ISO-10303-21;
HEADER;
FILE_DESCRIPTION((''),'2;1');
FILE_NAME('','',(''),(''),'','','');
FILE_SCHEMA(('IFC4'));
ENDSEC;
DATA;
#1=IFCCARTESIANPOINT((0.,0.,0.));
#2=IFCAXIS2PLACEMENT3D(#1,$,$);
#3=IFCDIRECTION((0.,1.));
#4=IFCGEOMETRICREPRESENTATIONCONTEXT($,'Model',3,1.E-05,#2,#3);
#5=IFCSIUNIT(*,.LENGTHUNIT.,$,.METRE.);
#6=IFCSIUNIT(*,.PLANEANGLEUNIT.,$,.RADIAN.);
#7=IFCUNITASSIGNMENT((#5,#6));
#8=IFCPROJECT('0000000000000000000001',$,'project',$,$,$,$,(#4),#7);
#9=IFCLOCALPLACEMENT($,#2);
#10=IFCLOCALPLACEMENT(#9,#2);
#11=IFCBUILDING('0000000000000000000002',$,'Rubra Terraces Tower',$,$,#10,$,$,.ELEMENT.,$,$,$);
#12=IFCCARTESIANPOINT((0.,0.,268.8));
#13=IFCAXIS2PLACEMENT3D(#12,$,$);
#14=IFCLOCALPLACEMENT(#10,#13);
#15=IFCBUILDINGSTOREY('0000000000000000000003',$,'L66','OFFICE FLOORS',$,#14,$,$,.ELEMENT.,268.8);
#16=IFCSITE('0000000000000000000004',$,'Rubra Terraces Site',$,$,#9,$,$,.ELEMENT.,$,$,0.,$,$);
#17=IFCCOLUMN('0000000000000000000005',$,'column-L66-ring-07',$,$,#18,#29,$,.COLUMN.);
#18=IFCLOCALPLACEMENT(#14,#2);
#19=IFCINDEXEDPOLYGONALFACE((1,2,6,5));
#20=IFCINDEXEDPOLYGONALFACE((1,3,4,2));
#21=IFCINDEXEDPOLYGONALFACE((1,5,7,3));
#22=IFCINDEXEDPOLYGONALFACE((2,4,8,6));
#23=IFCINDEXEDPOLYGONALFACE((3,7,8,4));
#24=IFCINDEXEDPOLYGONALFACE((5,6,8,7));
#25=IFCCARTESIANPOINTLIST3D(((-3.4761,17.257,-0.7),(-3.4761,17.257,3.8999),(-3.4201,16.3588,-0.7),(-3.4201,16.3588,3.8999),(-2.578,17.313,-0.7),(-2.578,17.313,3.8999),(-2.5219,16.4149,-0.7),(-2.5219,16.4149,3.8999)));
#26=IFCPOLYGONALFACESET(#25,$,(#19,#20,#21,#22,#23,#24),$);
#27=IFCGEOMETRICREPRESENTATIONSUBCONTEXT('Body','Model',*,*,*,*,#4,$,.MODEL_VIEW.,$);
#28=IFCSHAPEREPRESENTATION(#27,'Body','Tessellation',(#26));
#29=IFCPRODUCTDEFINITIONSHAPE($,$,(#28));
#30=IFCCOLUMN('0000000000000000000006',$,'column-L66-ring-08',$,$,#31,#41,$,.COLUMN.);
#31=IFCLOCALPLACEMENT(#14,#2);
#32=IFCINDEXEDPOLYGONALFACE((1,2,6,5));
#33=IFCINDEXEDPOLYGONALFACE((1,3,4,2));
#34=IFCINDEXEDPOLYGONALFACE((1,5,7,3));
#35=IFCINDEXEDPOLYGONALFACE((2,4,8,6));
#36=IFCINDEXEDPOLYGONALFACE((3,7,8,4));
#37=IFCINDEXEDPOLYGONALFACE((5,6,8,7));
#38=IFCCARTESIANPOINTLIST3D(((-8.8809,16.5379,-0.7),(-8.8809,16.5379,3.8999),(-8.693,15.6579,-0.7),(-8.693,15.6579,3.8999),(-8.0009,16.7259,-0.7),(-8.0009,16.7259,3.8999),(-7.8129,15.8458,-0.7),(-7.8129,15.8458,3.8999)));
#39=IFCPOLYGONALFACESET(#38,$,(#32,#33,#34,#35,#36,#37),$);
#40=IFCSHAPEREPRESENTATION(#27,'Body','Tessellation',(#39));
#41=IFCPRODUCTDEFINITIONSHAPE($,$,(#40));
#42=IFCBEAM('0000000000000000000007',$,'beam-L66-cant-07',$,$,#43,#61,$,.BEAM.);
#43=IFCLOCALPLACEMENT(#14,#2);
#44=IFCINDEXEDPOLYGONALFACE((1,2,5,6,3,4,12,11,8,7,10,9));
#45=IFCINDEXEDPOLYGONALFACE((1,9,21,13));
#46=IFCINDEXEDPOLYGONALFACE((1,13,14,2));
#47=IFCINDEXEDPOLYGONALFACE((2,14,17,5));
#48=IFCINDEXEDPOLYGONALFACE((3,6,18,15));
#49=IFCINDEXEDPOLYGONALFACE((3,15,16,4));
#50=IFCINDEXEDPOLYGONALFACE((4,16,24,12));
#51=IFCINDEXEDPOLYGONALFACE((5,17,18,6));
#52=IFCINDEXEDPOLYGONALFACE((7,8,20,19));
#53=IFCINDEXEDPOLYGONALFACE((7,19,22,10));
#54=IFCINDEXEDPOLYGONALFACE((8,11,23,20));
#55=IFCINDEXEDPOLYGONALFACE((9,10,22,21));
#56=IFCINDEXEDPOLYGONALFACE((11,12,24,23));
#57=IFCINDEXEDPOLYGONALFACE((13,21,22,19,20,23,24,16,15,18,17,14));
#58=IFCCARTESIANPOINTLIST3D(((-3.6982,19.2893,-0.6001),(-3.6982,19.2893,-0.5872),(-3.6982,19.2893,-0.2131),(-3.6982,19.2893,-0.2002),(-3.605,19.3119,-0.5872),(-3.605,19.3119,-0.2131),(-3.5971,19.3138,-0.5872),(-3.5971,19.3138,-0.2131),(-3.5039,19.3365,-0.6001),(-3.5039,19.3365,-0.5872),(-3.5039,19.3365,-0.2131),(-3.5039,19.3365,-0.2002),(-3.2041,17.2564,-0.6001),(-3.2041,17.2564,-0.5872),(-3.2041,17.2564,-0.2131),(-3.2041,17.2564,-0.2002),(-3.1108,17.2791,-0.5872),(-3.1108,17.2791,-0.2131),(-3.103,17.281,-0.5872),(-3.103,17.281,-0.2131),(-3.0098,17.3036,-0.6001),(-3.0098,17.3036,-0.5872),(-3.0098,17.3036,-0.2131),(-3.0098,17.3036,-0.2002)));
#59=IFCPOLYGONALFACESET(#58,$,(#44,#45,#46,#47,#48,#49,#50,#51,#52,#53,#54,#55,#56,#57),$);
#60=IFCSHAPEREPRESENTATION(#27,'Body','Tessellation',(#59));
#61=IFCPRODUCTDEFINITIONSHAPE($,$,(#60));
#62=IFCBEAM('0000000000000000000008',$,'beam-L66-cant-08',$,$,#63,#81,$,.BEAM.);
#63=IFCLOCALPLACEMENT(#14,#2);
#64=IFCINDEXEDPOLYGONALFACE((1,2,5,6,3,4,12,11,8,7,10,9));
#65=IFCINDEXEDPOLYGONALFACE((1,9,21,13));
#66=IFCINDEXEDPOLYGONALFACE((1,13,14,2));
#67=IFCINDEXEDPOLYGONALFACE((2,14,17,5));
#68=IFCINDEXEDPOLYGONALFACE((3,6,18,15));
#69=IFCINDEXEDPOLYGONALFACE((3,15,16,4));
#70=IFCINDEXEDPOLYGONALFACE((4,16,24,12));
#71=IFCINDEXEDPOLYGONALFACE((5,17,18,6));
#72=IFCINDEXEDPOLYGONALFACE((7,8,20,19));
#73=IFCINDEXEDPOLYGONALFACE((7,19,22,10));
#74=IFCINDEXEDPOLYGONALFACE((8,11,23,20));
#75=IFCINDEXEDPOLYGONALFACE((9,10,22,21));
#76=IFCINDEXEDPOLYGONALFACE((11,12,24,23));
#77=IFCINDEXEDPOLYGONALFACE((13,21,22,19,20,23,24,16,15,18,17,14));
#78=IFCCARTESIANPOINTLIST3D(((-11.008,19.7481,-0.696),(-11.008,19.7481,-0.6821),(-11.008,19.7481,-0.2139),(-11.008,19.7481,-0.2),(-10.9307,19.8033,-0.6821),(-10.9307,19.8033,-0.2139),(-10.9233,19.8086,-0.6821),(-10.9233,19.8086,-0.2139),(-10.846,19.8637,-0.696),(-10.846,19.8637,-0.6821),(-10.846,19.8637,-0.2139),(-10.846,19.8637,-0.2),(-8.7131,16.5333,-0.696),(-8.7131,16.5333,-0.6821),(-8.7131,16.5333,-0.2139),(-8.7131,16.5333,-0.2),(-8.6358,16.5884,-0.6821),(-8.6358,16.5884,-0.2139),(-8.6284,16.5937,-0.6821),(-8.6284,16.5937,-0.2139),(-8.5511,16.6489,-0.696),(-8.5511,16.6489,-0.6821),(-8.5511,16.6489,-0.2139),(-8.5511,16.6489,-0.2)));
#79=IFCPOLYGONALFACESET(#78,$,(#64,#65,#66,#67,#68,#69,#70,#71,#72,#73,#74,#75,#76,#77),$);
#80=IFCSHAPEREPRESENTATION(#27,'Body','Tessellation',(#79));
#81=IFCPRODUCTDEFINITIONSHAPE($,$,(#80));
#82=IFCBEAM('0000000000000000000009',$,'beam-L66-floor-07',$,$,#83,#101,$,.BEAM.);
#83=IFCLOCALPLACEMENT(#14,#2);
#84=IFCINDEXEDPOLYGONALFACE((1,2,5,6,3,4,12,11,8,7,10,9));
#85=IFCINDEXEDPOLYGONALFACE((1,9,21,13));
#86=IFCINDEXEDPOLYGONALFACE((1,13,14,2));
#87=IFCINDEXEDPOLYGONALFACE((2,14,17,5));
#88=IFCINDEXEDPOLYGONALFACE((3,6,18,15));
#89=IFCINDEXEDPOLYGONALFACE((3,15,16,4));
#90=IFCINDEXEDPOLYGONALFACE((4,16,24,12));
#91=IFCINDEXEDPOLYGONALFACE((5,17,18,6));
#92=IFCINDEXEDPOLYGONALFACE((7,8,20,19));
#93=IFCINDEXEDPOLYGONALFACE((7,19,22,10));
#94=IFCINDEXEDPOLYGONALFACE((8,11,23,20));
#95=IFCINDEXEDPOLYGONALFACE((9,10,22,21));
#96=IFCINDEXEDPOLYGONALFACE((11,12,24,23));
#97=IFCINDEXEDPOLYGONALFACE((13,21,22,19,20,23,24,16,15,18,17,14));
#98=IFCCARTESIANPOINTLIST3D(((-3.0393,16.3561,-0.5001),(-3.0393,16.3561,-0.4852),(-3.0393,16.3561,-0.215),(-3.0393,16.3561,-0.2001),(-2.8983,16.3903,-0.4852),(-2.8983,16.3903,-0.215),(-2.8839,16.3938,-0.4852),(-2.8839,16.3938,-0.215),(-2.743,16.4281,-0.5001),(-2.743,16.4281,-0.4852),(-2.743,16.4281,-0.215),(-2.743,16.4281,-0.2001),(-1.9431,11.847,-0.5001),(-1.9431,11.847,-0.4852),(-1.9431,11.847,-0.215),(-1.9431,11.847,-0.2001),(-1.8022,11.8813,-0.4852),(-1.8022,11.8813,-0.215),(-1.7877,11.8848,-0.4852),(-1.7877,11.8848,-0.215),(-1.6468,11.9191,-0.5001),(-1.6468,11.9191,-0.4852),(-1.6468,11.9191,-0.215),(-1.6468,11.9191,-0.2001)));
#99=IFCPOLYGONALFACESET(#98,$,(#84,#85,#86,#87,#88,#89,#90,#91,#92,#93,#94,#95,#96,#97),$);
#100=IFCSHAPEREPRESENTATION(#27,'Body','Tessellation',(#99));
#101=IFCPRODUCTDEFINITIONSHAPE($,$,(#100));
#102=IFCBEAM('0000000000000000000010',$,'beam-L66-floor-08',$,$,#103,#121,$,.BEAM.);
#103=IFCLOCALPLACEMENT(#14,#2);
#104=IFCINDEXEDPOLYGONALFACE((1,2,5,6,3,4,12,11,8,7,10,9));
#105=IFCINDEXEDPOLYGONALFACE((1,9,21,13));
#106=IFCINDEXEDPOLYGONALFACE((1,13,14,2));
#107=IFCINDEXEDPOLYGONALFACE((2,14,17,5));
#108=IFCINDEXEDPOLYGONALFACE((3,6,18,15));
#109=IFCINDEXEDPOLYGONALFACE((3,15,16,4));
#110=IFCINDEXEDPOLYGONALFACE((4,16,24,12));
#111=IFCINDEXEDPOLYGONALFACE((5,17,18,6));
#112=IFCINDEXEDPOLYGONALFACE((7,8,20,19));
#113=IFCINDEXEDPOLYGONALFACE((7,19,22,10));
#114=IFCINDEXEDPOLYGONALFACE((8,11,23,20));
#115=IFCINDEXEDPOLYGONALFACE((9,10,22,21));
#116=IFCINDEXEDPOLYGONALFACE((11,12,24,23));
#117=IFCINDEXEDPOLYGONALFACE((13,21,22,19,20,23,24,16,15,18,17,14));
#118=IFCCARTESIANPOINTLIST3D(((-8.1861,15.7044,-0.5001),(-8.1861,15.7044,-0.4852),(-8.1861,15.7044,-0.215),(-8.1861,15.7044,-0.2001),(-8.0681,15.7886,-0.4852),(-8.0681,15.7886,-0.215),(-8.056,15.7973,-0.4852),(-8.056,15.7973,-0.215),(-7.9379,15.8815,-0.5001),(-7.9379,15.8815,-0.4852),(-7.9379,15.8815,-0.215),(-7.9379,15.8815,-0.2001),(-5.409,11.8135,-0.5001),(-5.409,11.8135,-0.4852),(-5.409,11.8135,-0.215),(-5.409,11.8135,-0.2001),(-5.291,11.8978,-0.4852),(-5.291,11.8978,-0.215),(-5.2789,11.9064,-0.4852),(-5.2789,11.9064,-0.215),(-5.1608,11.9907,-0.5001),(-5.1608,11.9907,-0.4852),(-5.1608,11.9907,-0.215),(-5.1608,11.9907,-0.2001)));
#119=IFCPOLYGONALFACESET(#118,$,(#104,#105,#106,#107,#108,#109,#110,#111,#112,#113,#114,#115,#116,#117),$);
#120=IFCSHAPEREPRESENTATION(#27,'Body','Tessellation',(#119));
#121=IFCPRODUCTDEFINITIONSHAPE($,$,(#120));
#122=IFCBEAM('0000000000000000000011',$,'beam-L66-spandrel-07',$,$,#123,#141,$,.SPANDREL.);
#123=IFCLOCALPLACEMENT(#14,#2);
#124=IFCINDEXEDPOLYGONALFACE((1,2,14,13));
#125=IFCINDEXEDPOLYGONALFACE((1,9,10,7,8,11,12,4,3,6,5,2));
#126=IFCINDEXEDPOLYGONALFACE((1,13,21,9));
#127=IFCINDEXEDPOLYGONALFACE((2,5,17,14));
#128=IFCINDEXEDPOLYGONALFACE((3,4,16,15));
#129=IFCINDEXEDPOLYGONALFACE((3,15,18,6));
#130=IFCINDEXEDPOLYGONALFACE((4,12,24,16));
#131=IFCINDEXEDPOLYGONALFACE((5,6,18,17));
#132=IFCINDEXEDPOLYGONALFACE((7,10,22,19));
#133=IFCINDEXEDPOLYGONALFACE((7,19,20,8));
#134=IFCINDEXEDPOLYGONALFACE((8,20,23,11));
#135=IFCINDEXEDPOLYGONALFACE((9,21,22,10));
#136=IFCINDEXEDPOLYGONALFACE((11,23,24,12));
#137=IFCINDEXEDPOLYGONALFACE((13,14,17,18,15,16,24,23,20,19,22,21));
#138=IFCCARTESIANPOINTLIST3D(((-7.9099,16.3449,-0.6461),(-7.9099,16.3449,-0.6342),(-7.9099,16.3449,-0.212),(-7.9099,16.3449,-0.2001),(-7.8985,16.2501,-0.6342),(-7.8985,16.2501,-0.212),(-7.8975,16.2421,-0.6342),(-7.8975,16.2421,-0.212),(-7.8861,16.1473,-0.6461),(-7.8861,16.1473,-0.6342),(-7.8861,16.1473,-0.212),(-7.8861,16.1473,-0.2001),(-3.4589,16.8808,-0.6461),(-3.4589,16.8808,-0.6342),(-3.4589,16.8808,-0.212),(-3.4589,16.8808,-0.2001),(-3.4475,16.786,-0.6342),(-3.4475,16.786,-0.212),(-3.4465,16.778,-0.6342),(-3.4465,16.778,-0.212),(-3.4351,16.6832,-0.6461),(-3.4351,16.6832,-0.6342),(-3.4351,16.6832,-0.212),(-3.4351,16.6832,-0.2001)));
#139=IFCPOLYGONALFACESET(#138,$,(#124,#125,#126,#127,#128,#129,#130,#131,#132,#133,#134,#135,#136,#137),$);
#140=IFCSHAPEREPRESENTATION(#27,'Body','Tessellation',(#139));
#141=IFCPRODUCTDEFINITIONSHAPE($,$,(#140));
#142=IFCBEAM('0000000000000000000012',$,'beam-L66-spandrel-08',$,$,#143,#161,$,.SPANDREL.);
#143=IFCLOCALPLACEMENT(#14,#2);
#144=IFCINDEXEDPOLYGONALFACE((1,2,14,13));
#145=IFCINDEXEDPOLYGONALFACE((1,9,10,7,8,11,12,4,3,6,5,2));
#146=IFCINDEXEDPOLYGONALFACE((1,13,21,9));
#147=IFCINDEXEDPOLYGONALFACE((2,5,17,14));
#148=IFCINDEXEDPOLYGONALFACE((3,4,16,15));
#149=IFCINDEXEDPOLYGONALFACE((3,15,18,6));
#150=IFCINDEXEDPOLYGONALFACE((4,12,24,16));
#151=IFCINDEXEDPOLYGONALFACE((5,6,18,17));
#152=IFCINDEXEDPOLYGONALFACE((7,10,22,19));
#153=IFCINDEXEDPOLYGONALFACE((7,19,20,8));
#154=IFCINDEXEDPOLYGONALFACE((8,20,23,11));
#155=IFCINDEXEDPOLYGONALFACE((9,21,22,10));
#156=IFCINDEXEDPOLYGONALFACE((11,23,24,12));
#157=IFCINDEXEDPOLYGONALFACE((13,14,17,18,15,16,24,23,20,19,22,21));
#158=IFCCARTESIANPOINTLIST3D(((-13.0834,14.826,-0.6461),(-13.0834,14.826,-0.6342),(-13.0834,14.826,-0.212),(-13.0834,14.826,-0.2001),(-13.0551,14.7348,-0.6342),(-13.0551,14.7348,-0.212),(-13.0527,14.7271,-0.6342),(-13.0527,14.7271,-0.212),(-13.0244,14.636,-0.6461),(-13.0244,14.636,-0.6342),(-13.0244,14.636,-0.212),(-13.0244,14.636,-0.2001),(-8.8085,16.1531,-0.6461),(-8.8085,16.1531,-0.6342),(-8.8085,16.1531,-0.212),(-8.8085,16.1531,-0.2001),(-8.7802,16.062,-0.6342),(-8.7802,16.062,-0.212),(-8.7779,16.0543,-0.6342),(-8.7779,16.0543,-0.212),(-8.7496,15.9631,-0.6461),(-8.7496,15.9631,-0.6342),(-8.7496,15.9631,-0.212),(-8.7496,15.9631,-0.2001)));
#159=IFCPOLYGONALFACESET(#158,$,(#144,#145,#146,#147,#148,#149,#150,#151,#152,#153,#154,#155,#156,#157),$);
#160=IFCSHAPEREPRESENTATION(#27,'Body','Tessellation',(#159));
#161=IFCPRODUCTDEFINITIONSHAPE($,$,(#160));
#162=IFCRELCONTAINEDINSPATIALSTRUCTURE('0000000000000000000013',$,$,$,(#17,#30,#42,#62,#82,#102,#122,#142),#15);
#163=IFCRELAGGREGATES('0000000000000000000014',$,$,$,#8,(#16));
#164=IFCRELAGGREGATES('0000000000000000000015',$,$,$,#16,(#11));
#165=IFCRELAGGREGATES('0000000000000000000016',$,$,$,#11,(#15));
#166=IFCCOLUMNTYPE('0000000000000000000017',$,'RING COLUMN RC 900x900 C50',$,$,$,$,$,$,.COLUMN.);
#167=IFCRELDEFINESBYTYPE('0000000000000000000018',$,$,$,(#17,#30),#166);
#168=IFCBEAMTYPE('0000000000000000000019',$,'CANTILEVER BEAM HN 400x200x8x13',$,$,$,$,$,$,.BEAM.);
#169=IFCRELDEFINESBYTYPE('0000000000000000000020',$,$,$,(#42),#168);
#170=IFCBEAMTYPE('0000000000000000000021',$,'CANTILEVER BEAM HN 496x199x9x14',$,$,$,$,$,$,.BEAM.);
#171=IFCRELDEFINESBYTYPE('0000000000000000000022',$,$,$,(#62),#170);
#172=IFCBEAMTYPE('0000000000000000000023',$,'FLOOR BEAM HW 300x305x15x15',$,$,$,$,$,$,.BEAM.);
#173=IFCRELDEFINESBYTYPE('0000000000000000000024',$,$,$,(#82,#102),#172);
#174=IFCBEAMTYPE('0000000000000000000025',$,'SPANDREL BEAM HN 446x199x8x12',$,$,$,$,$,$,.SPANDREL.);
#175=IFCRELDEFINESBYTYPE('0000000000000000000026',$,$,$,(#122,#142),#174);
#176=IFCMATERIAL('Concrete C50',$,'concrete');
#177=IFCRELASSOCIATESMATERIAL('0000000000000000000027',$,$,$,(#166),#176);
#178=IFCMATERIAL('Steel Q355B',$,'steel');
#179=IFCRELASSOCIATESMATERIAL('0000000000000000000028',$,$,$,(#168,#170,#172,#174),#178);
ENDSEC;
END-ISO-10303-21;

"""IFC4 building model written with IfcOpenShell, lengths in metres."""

from ifc_helpers import new_model, si_unit, direction, frame, origin, origin_2d, place, context, subcontext, project, spatial, rectangle, i_section, extrude, material, material_profile, profile_set, type_object, element, save


model = new_model("IFC4")

# Units and contexts
model_context = context("Model", 3, precision=1e-05, world=origin(), true_north=direction((0.0, 1.0)))
body_context = subcontext(model_context, "Body", "Model", "MODEL_VIEW")
ifc_project = project(units=[si_unit("LENGTHUNIT", "METRE"), si_unit("PLANEANGLEUNIT", "RADIAN")], contexts=[model_context])

# Site, building, storey
site_placement = place(None, origin())
site = spatial("IfcSite", under=ifc_project, at=site_placement, Name="Rubra Terraces Site", CompositionType="ELEMENT", RefElevation=0.0)
building_placement = place(site_placement, origin())
building = spatial("IfcBuilding", under=site, at=building_placement, Name="Rubra Terraces Tower", CompositionType="ELEMENT")
storey_placement = place(building_placement, frame((0.0, 0.0, 268.8)))
storey = spatial("IfcBuildingStorey", under=building, at=storey_placement, Name="L66", Description="OFFICE FLOORS", CompositionType="ELEMENT", Elevation=268.8)

# Columns
ifc_material_1 = material(Name="Concrete C50", Category="concrete")
ifc_material_profile_1 = material_profile(ifc_material_1, rectangle(XDim=0.8999, YDim=0.8999, at=origin_2d()), Name="RC 900x900")
ifc_profile_set_1 = profile_set([ifc_material_profile_1], Name="Concrete C50")
column_type = type_object("IfcColumnType", Name="RING COLUMN RC 900x900 C50", PredefinedType="COLUMN", material=ifc_profile_set_1)
for number, where, z_axis, x_axis, name in (
    (1, (-2.999, 16.8359, -0.7), (0.0, 0.0, 1.0), (-0.998059, -0.062268, 0.0), "column-L66-ring-07"),
    (2, (-8.3469, 16.1919, -0.7), (0.0, 0.0, 1.0), (-0.977944, -0.208867, 0.0), "column-L66-ring-08"),
):
    element("IfcColumn", number, at=place(storey_placement, frame(where, z_axis=z_axis, x_axis=x_axis)), inside=storey, type_object=column_type, Name=name, PredefinedType="COLUMN", context=body_context, shape_type="SweptSolid", body=[
        extrude(rectangle(XDim=0.8999, YDim=0.8999, at=origin_2d()), origin(), (0.0, 0.0, 1.0), 4.5999),
    ])

# Beams
ifc_material_2 = material(Name="Steel Q355B", Category="steel")
ifc_material_profile_2 = material_profile(ifc_material_2, i_section(OverallWidth=0.2, OverallDepth=0.3999, WebThickness=0.0081, FlangeThickness=0.0129, at=origin_2d()), Name="HN 400x200x8x13")
ifc_profile_set_2 = profile_set([ifc_material_profile_2], Name="Steel Q355B")
beam_type_1 = type_object("IfcBeamType", Name="CANTILEVER BEAM HN 400x200x8x13", PredefinedType="BEAM", material=ifc_profile_set_2)
beam_1_placement = place(storey_placement, frame((-3.1069, 17.28, -0.4001), z_axis=(-0.236188, 0.971707, 0.0), x_axis=(-0.971707, -0.236188, 0.0)))
element("IfcBeam", 3, at=beam_1_placement, inside=storey, type_object=beam_type_1, Name="beam-L66-cant-07", PredefinedType="BEAM", context=body_context, shape_type="SweptSolid", body=[
    extrude(i_section(OverallWidth=0.2, OverallDepth=0.3999, WebThickness=0.0081, FlangeThickness=0.0129, at=origin_2d()), origin(), (0.0, 0.0, 1.0), 2.092),
])
ifc_material_profile_3 = material_profile(ifc_material_2, i_section(OverallWidth=0.199, OverallDepth=0.4961, WebThickness=0.009, FlangeThickness=0.0139, at=origin_2d()), Name="HN 496x199x9x14")
ifc_profile_set_3 = profile_set([ifc_material_profile_3], Name="Steel Q355B")
beam_type_2 = type_object("IfcBeamType", Name="CANTILEVER BEAM HN 496x199x9x14", PredefinedType="BEAM", material=ifc_profile_set_3)
beam_2_placement = place(storey_placement, frame((-8.6321, 16.5911, -0.448), z_axis=(-0.581004, 0.8139, 0.0), x_axis=(-0.8139, -0.581004, 0.0)))
element("IfcBeam", 4, at=beam_2_placement, inside=storey, type_object=beam_type_2, Name="beam-L66-cant-08", PredefinedType="BEAM", context=body_context, shape_type="SweptSolid", body=[
    extrude(i_section(OverallWidth=0.199, OverallDepth=0.4961, WebThickness=0.009, FlangeThickness=0.0139, at=origin_2d()), origin(), (0.0, 0.0, 1.0), 3.95),
])
ifc_material_profile_4 = material_profile(ifc_material_2, i_section(OverallWidth=0.3049, OverallDepth=0.3, WebThickness=0.0149, FlangeThickness=0.0149, at=origin_2d()), Name="HW 300x305x15x15")
ifc_profile_set_4 = profile_set([ifc_material_profile_4], Name="Steel Q355B")
beam_type_3 = type_object("IfcBeamType", Name="FLOOR BEAM HW 300x305x15x15", PredefinedType="BEAM", material=ifc_profile_set_4)
beam_3_placement = place(storey_placement, frame((-2.8911, 16.3921, -0.3501), z_axis=(0.236229, -0.971697, 0.0), x_axis=(0.971697, 0.236229, 0.0)))
element("IfcBeam", 5, at=beam_3_placement, inside=storey, type_object=beam_type_3, Name="beam-L66-floor-07", PredefinedType="BEAM", context=body_context, shape_type="SweptSolid", body=[
    extrude(i_section(OverallWidth=0.3049, OverallDepth=0.3, WebThickness=0.0149, FlangeThickness=0.0149, at=origin_2d()), origin(), (0.0, 0.0, 1.0), 4.6404),
])
beam_4_placement = place(storey_placement, frame((-8.062, 15.793, -0.3501), z_axis=(0.580948, -0.81394, 0.0), x_axis=(0.81394, 0.580948, 0.0)))
element("IfcBeam", 6, at=beam_4_placement, inside=storey, type_object=beam_type_3, Name="beam-L66-floor-08", PredefinedType="BEAM", context=body_context, shape_type="SweptSolid", body=[
    extrude(i_section(OverallWidth=0.3049, OverallDepth=0.3, WebThickness=0.0149, FlangeThickness=0.0149, at=origin_2d()), origin(), (0.0, 0.0, 1.0), 4.7803),
])
ifc_material_profile_5 = material_profile(ifc_material_2, i_section(OverallWidth=0.199, OverallDepth=0.446, WebThickness=0.0081, FlangeThickness=0.012, at=origin_2d()), Name="HN 446x199x8x12")
ifc_profile_set_5 = profile_set([ifc_material_profile_5], Name="Steel Q355B")
beam_type_4 = type_object("IfcBeamType", Name="SPANDREL BEAM HN 446x199x8x12", PredefinedType="SPANDREL", material=ifc_profile_set_5)
beam_5_placement = place(storey_placement, frame((-3.447, 16.782, -0.4231), z_axis=(-0.99283, -0.119536, 0.0), x_axis=(0.119536, -0.99283, 0.0)))
element("IfcBeam", 7, at=beam_5_placement, inside=storey, type_object=beam_type_4, Name="beam-L66-spandrel-07", PredefinedType="SPANDREL", context=body_context, shape_type="SweptSolid", body=[
    extrude(i_section(OverallWidth=0.199, OverallDepth=0.446, WebThickness=0.0081, FlangeThickness=0.012, at=origin_2d()), origin(), (0.0, 0.0, 1.0), 4.4832),
])
beam_6_placement = place(storey_placement, frame((-8.7791, 16.0581, -0.4231), z_axis=(-0.955035, -0.296492, 0.0), x_axis=(0.296492, -0.955035, 0.0)))
element("IfcBeam", 8, at=beam_6_placement, inside=storey, type_object=beam_type_4, Name="beam-L66-spandrel-08", PredefinedType="SPANDREL", context=body_context, shape_type="SweptSolid", body=[
    extrude(i_section(OverallWidth=0.199, OverallDepth=0.446, WebThickness=0.0081, FlangeThickness=0.012, at=origin_2d()), origin(), (0.0, 0.0, 1.0), 4.4761),
])

save(model, "model.ifc")
